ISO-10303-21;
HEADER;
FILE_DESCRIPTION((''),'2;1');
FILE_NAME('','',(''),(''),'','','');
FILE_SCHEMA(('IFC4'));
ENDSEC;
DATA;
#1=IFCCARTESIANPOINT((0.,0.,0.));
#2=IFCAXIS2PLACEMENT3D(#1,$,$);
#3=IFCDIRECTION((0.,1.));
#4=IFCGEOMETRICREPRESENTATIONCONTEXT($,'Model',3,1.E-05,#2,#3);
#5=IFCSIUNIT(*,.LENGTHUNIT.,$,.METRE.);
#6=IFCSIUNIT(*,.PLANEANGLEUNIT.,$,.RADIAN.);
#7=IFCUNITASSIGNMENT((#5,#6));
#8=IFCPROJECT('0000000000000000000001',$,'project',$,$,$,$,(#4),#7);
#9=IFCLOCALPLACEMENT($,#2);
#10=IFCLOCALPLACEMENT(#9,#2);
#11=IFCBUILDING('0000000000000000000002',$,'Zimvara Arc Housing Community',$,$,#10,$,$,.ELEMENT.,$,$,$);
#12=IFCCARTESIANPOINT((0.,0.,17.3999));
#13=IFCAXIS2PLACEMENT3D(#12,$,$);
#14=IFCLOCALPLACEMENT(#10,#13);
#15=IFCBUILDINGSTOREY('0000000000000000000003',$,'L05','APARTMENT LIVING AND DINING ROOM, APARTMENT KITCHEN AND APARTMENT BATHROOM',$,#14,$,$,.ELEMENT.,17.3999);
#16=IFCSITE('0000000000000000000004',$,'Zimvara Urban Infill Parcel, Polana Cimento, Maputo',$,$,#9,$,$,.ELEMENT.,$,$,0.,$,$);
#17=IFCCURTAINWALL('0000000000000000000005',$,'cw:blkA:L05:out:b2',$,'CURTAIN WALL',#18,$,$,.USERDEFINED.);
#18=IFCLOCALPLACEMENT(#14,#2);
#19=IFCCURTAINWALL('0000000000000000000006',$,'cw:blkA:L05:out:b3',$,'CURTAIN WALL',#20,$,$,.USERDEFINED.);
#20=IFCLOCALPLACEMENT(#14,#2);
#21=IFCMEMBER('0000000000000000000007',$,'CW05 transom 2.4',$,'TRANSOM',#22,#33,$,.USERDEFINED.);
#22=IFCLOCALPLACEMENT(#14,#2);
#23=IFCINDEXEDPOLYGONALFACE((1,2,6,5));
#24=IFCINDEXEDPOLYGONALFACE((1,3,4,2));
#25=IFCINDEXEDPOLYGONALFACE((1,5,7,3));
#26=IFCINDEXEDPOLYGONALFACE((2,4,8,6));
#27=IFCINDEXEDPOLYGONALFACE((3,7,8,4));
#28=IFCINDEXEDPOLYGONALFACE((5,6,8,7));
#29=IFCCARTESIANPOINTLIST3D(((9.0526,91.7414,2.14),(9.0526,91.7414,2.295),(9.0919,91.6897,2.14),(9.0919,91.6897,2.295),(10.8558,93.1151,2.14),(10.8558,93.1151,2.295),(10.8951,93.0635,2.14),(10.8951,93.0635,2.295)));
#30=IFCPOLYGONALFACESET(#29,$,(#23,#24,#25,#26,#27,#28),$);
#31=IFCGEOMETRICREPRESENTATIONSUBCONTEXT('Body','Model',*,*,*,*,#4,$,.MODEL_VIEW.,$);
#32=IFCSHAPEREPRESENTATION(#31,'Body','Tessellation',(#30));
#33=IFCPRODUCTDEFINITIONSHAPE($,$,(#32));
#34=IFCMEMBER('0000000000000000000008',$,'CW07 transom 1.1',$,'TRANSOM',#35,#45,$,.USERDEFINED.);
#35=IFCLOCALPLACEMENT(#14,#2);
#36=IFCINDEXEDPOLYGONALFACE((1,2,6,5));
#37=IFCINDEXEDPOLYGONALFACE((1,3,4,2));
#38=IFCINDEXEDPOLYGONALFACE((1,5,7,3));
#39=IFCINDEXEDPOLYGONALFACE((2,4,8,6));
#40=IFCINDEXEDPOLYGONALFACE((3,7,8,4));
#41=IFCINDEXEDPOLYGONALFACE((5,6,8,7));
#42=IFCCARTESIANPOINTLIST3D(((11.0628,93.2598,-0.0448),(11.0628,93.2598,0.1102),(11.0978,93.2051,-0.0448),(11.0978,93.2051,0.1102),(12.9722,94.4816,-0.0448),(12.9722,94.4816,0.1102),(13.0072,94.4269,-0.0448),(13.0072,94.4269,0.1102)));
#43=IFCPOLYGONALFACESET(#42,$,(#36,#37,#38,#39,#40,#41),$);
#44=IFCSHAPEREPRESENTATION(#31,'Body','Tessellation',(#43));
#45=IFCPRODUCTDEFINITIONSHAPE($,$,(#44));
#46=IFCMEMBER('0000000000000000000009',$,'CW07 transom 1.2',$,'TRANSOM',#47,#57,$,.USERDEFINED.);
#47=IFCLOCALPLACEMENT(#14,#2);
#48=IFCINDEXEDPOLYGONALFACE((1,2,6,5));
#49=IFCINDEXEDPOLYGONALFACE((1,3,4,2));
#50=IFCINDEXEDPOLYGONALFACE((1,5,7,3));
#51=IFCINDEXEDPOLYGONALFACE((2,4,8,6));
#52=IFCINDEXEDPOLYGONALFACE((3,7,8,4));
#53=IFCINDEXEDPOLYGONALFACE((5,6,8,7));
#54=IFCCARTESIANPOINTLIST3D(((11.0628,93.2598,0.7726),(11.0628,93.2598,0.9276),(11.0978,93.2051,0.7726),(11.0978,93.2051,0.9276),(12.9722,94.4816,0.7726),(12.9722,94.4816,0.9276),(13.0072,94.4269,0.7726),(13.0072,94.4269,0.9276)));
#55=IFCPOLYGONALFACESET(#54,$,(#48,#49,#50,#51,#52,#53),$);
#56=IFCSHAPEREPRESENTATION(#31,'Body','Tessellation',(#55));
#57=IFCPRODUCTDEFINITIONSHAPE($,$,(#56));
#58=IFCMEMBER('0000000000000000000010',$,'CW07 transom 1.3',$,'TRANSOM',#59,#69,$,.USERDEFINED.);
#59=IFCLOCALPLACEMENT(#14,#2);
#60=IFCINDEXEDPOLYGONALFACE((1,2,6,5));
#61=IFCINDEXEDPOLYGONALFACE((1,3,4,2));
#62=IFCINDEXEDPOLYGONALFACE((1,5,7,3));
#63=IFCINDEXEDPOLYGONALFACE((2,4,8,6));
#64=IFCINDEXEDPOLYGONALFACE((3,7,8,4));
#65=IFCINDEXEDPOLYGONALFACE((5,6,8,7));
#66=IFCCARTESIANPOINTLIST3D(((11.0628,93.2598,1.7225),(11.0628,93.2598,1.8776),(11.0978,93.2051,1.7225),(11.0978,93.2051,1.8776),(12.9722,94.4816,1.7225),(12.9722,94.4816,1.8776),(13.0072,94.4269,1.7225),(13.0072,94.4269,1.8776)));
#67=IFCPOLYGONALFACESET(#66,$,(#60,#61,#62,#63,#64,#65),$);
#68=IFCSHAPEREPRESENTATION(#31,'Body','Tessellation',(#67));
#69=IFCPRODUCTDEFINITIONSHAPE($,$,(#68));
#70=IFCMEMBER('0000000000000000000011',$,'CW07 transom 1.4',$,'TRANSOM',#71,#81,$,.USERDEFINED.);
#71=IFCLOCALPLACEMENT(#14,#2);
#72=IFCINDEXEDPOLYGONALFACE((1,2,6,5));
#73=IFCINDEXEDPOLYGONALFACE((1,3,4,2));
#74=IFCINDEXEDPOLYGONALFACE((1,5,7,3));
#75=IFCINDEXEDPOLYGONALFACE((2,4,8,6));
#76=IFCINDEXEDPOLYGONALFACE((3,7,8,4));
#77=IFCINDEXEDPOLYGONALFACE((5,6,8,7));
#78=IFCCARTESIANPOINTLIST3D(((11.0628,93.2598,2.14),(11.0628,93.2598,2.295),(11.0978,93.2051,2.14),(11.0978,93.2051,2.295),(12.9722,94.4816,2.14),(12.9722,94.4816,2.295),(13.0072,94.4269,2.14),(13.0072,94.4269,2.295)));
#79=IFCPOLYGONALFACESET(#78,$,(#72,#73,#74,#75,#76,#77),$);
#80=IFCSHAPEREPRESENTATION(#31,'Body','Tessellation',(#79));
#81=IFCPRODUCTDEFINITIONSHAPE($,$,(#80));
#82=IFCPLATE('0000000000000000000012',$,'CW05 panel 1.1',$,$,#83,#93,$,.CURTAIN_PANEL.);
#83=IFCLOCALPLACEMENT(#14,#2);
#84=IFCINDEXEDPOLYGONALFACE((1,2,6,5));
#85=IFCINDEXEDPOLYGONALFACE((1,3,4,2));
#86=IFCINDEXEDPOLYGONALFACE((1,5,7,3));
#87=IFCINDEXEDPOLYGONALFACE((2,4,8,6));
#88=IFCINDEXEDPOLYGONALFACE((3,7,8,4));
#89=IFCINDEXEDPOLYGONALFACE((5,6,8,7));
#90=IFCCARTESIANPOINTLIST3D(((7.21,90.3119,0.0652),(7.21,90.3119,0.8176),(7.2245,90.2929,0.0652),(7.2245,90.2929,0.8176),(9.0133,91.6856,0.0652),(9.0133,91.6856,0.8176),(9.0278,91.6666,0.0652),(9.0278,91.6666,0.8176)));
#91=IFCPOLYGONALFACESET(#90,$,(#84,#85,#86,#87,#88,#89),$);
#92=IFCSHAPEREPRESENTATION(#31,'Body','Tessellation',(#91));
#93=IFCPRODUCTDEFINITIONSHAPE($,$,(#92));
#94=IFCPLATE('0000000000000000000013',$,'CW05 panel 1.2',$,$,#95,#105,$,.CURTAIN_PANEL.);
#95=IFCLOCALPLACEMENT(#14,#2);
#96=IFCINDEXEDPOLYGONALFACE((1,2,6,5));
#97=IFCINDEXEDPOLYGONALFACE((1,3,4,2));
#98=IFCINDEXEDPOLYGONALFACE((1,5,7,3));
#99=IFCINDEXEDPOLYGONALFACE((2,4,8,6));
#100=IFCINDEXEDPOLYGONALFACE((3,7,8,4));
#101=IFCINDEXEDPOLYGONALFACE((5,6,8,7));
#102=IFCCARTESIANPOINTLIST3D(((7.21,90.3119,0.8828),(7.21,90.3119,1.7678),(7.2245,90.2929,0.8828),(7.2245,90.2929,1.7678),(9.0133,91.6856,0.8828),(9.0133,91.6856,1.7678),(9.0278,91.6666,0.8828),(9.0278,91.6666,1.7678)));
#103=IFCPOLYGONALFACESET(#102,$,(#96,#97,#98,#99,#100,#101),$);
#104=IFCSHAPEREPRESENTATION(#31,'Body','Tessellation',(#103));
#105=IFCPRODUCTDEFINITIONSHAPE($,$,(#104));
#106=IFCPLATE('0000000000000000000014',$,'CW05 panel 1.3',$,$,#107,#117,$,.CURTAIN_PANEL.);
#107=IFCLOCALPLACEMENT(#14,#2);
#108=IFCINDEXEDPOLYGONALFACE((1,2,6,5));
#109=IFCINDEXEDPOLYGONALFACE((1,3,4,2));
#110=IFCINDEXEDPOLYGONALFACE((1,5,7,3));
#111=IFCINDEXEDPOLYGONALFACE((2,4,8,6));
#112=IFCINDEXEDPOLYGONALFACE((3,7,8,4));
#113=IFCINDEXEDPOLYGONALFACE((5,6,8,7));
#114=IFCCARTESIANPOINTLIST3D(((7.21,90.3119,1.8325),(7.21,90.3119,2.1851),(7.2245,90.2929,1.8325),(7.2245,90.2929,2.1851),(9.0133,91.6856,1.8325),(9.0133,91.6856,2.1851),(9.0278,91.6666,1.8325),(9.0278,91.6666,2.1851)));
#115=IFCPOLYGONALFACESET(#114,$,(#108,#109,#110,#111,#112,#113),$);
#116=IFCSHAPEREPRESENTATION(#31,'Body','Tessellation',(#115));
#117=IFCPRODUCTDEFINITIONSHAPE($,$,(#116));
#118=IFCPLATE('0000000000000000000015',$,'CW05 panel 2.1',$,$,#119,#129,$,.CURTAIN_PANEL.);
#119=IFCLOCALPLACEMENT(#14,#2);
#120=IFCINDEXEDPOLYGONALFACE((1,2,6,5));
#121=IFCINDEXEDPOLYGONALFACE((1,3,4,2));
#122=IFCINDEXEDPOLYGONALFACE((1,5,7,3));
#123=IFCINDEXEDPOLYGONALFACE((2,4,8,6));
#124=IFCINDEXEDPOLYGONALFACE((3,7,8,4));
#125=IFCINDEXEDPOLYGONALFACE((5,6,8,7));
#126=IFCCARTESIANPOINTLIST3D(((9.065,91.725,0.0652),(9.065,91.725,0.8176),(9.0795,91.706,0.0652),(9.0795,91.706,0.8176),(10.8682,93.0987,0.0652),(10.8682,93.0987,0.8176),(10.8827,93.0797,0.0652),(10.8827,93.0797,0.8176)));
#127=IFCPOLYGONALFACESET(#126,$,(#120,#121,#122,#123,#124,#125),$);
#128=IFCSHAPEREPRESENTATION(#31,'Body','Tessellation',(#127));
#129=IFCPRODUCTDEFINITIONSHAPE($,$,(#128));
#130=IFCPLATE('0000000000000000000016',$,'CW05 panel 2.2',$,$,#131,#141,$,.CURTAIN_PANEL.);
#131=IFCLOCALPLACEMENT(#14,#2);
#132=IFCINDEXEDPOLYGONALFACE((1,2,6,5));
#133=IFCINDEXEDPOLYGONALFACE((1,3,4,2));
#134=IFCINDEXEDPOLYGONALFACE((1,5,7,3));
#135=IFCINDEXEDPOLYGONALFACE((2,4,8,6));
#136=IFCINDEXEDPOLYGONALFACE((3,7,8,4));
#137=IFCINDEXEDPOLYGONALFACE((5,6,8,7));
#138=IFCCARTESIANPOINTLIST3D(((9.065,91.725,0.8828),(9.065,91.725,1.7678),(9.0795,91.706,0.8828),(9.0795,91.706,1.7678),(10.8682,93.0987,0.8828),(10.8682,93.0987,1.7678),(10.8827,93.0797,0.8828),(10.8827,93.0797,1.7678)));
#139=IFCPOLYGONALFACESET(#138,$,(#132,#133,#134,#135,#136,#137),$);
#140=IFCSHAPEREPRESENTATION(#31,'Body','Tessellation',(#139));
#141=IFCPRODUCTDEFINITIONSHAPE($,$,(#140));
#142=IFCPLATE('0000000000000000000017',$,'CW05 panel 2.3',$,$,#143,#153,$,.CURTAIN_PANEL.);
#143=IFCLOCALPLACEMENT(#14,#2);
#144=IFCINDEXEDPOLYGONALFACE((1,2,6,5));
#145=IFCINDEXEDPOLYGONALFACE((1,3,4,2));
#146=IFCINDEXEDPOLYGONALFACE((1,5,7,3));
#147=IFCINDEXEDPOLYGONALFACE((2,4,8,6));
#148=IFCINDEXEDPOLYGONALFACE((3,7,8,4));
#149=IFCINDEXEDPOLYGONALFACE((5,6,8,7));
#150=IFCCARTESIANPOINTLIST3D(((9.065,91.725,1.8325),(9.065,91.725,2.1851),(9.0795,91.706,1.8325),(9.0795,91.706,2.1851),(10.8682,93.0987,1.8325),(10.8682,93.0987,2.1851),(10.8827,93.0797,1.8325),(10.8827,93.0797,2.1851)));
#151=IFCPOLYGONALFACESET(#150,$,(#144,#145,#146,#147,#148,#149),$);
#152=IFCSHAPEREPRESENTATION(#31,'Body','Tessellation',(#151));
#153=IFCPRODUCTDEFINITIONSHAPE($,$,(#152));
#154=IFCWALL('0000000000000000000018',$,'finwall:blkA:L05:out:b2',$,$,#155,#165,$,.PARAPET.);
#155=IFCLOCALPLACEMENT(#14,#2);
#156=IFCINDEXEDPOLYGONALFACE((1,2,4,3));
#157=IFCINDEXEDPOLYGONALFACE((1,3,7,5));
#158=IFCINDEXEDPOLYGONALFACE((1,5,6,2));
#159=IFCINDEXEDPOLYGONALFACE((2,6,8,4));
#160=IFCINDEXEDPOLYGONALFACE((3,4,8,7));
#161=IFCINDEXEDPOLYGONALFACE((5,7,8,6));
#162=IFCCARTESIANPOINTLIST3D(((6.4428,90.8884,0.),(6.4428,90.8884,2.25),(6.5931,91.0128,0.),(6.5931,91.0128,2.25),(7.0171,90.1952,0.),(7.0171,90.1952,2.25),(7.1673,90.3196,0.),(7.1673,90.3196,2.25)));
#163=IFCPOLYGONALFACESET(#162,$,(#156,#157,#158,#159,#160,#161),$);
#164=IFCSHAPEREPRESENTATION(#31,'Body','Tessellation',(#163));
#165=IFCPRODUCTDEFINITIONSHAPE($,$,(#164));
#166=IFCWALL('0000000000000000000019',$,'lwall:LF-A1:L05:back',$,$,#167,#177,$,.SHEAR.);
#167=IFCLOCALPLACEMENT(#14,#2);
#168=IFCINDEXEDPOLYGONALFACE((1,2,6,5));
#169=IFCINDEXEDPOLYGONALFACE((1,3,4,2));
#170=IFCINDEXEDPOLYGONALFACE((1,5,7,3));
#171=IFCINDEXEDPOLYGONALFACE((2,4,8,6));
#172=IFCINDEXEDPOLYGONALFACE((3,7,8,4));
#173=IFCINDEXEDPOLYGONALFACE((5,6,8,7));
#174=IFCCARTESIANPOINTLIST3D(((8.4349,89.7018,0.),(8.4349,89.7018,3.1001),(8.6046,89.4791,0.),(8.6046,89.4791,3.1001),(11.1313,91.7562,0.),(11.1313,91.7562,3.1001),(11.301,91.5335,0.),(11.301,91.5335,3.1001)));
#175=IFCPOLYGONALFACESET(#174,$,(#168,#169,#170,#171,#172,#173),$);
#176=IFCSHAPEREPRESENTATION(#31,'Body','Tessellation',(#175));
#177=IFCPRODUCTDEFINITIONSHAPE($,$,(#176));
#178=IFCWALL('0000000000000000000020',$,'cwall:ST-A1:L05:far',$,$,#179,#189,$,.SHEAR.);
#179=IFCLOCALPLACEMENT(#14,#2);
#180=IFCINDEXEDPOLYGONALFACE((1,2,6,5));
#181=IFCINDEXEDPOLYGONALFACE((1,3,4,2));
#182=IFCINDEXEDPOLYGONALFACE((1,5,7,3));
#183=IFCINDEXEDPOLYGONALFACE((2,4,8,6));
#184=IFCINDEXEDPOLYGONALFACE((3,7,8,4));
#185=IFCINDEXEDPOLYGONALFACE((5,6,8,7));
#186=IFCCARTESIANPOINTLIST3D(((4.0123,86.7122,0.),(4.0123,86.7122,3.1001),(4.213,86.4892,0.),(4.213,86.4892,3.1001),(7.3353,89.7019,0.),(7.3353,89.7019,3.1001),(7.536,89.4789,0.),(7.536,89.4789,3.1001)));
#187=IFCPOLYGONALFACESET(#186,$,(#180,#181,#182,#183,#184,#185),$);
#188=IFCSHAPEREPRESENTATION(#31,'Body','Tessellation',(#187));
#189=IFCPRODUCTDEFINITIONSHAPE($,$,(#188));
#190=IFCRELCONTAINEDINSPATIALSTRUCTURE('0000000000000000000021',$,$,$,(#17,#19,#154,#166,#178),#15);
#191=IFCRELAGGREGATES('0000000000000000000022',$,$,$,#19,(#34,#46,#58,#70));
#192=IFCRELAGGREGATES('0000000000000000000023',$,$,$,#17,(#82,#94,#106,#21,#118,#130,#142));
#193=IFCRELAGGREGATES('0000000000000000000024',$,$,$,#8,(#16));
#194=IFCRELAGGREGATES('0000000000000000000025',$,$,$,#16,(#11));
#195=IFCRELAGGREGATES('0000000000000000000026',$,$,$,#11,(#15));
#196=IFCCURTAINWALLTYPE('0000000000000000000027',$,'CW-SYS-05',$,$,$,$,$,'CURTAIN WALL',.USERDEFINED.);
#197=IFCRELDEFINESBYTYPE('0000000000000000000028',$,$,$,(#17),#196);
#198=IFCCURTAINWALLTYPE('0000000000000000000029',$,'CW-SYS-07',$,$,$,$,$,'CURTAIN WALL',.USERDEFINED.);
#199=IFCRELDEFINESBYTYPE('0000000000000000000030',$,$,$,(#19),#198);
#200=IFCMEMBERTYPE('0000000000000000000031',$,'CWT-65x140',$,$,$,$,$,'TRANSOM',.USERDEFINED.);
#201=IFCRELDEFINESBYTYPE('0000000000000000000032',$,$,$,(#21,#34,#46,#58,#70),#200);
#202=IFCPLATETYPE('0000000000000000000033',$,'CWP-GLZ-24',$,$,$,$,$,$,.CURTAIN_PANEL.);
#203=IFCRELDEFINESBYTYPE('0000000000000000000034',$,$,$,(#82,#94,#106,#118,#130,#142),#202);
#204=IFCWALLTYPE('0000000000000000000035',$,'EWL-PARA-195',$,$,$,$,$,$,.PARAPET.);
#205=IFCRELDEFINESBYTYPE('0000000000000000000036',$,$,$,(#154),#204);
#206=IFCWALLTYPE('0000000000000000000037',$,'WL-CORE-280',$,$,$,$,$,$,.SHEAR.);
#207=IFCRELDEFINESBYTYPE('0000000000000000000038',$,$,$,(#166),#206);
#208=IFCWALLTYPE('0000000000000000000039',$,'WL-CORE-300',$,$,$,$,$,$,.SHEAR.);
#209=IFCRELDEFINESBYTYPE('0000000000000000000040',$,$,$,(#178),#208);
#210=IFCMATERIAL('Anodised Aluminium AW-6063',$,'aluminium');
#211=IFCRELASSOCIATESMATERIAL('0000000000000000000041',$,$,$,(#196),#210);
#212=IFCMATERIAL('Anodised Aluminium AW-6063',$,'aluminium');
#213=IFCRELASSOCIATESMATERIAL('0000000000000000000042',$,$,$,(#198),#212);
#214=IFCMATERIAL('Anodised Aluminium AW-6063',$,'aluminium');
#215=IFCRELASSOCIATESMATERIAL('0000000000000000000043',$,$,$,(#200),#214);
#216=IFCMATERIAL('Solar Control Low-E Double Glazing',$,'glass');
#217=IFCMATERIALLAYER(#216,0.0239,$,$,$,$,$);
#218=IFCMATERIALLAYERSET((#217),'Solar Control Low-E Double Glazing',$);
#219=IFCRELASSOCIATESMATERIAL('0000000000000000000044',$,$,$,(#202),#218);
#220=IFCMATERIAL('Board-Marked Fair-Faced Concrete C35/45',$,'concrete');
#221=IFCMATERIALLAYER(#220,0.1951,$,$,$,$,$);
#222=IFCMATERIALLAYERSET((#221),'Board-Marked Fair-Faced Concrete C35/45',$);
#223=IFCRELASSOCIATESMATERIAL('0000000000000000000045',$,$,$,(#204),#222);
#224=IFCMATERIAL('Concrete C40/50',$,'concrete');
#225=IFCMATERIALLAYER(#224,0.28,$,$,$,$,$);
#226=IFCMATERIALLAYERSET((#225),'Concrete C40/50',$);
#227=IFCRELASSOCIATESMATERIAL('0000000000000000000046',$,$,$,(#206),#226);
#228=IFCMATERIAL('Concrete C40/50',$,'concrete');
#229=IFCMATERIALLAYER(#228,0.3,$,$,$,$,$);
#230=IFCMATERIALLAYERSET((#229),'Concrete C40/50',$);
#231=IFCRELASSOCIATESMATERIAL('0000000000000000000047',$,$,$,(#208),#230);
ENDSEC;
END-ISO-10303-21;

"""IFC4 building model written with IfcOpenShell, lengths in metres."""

from ifc_helpers import new_model, si_unit, direction, frame, frame_2d, origin, origin_2d, place, context, subcontext, project, spatial, rectangle, extrude, material, layer, layer_set, material_profile, profile_set, type_object, element, aggregate, save


model = new_model("IFC4")

# Units and contexts
model_context = context("Model", 3, precision=1e-05, world=origin(), true_north=direction((0.0, 1.0)))
body_context = subcontext(model_context, "Body", "Model", "MODEL_VIEW")
ifc_project = project(units=[si_unit("LENGTHUNIT", "METRE"), si_unit("PLANEANGLEUNIT", "RADIAN")], contexts=[model_context])

# Site, building, storey
site_placement = place(None, origin())
site = spatial("IfcSite", under=ifc_project, at=site_placement, Name="Zimvara Urban Infill Parcel, Polana Cimento, Maputo", CompositionType="ELEMENT", RefElevation=0.0)
building_placement = place(site_placement, origin())
building = spatial("IfcBuilding", under=site, at=building_placement, Name="Zimvara Arc Housing Community", CompositionType="ELEMENT")
storey_placement = place(building_placement, frame((0.0, 0.0, 17.3999)))
storey = spatial("IfcBuildingStorey", under=building, at=storey_placement, Name="L05", Description="APARTMENT LIVING AND DINING ROOM, APARTMENT KITCHEN AND APARTMENT BATHROOM", CompositionType="ELEMENT", Elevation=17.3999)

# Curtain wall
ifc_material_1 = material(Name="Anodised Aluminium AW-6063", Category="aluminium")
curtain_wall_type_1 = type_object("IfcCurtainWallType", Name="CW-SYS-05", ElementType="CURTAIN WALL", PredefinedType="USERDEFINED", material=ifc_material_1)
curtain_wall_1_placement = place(storey_placement, origin())
curtain_wall_1 = element("IfcCurtainWall", 1, at=curtain_wall_1_placement, inside=storey, type_object=curtain_wall_type_1, Name="cw:blkA:L05:out:b2", ObjectType="CURTAIN WALL", PredefinedType="USERDEFINED")

# Curtain wall
ifc_material_2 = material(Name="Anodised Aluminium AW-6063", Category="aluminium")
curtain_wall_type_2 = type_object("IfcCurtainWallType", Name="CW-SYS-07", ElementType="CURTAIN WALL", PredefinedType="USERDEFINED", material=ifc_material_2)
curtain_wall_2_placement = place(storey_placement, origin())
curtain_wall_2 = element("IfcCurtainWall", 2, at=curtain_wall_2_placement, inside=storey, type_object=curtain_wall_type_2, Name="cw:blkA:L05:out:b3", ObjectType="CURTAIN WALL", PredefinedType="USERDEFINED")

# Members
ifc_material_3 = material(Name="Anodised Aluminium AW-6063", Category="aluminium")
ifc_material_profile_1 = material_profile(ifc_material_3, rectangle(XDim=0.0649, YDim=0.155, at=origin_2d()), Name="ALU 65x155")
ifc_profile_set_1 = profile_set([ifc_material_profile_1], Name="Anodised Aluminium AW-6063")
member_type_1 = type_object("IfcMemberType", Name="CWT-65x140", ElementType="TRANSOM", PredefinedType="USERDEFINED", material=ifc_profile_set_1)
member_1_placement = place(storey_placement, frame((9.0723, 91.7156, 2.2175), z_axis=(0.795454, 0.606014, 0.0), x_axis=(-0.606014, 0.795454, 0.0)))
member_1 = element("IfcMember", 3, at=member_1_placement, type_object=member_type_1, Name="CW05 transom 2.4", ObjectType="TRANSOM", PredefinedType="USERDEFINED", context=body_context, shape_type="SweptSolid", body=[
    extrude(rectangle(XDim=0.0649, YDim=0.155, at=origin_2d()), origin(), (0.0, 0.0, 1.0), 2.2668),
])
member_2_placement = place(storey_placement, frame((11.0803, 93.2324, 0.0327), z_axis=(0.842293, 0.53902, 0.0), x_axis=(-0.53902, 0.842293, 0.0)))
member_2 = element("IfcMember", 4, at=member_2_placement, type_object=member_type_1, Name="CW07 transom 1.1", ObjectType="TRANSOM", PredefinedType="USERDEFINED", context=body_context, shape_type="SweptSolid", body=[
    extrude(rectangle(XDim=0.0649, YDim=0.155, at=origin_2d()), origin(), (0.0, 0.0, 1.0), 2.2668),
])
member_3_placement = place(storey_placement, frame((11.0803, 93.2324, 0.8501), z_axis=(0.842293, 0.53902, 0.0), x_axis=(-0.53902, 0.842293, 0.0)))
member_3 = element("IfcMember", 5, at=member_3_placement, type_object=member_type_1, Name="CW07 transom 1.2", ObjectType="TRANSOM", PredefinedType="USERDEFINED", context=body_context, shape_type="SweptSolid", body=[
    extrude(rectangle(XDim=0.0649, YDim=0.155, at=origin_2d()), origin(), (0.0, 0.0, 1.0), 2.2668),
])
member_4_placement = place(storey_placement, frame((11.0803, 93.2324, 1.8), z_axis=(0.842293, 0.53902, 0.0), x_axis=(-0.53902, 0.842293, 0.0)))
member_4 = element("IfcMember", 6, at=member_4_placement, type_object=member_type_1, Name="CW07 transom 1.3", ObjectType="TRANSOM", PredefinedType="USERDEFINED", context=body_context, shape_type="SweptSolid", body=[
    extrude(rectangle(XDim=0.0649, YDim=0.155, at=origin_2d()), origin(), (0.0, 0.0, 1.0), 2.2668),
])
member_5_placement = place(storey_placement, frame((11.0803, 93.2324, 2.2175), z_axis=(0.842293, 0.53902, 0.0), x_axis=(-0.53902, 0.842293, 0.0)))
member_5 = element("IfcMember", 7, at=member_5_placement, type_object=member_type_1, Name="CW07 transom 1.4", ObjectType="TRANSOM", PredefinedType="USERDEFINED", context=body_context, shape_type="SweptSolid", body=[
    extrude(rectangle(XDim=0.0649, YDim=0.155, at=origin_2d()), origin(), (0.0, 0.0, 1.0), 2.2668),
])
aggregate(curtain_wall_2, [member_2, member_3, member_4, member_5])

# Plates
ifc_material_4 = material(Name="Solar Control Low-E Double Glazing", Category="glass")
ifc_layer_1 = layer(ifc_material_4, 0.0239)
ifc_layer_set_1 = layer_set([ifc_layer_1], Name="Solar Control Low-E Double Glazing")
plate_type = type_object("IfcPlateType", Name="CWP-GLZ-24", PredefinedType="CURTAIN_PANEL", material=ifc_layer_set_1)
plate_1_placement = place(storey_placement, frame((8.1189, 90.9893, 0.0652), z_axis=(0.0, 0.0, 1.0), x_axis=(0.795474, 0.605988, 0.0)))
plate_1 = element("IfcPlate", 8, at=plate_1_placement, type_object=plate_type, Name="CW05 panel 1.1", PredefinedType="CURTAIN_PANEL", context=body_context, shape_type="SweptSolid", body=[
    extrude(rectangle(XDim=2.2668, YDim=0.0239, at=origin_2d()), origin(), (0.0, 0.0, 1.0), 0.7524),
])
plate_2_placement = place(storey_placement, frame((8.1189, 90.9893, 0.8828), z_axis=(0.0, 0.0, 1.0), x_axis=(0.795474, 0.605988, 0.0)))
plate_2 = element("IfcPlate", 9, at=plate_2_placement, type_object=plate_type, Name="CW05 panel 1.2", PredefinedType="CURTAIN_PANEL", context=body_context, shape_type="SweptSolid", body=[
    extrude(rectangle(XDim=2.2668, YDim=0.0239, at=origin_2d()), origin(), (0.0, 0.0, 1.0), 0.885),
])
plate_3_placement = place(storey_placement, frame((8.1189, 90.9893, 1.8325), z_axis=(0.0, 0.0, 1.0), x_axis=(0.795474, 0.605988, 0.0)))
plate_3 = element("IfcPlate", 10, at=plate_3_placement, type_object=plate_type, Name="CW05 panel 1.3", PredefinedType="CURTAIN_PANEL", context=body_context, shape_type="SweptSolid", body=[
    extrude(rectangle(XDim=2.2668, YDim=0.0239, at=origin_2d()), origin(), (0.0, 0.0, 1.0), 0.3525),
])
plate_4_placement = place(storey_placement, frame((9.9739, 92.4023, 0.0652), z_axis=(0.0, 0.0, 1.0), x_axis=(0.795474, 0.605988, 0.0)))
plate_4 = element("IfcPlate", 11, at=plate_4_placement, type_object=plate_type, Name="CW05 panel 2.1", PredefinedType="CURTAIN_PANEL", context=body_context, shape_type="SweptSolid", body=[
    extrude(rectangle(XDim=2.2668, YDim=0.0239, at=origin_2d()), origin(), (0.0, 0.0, 1.0), 0.7524),
])
plate_5_placement = place(storey_placement, frame((9.9739, 92.4023, 0.8828), z_axis=(0.0, 0.0, 1.0), x_axis=(0.795474, 0.605988, 0.0)))
plate_5 = element("IfcPlate", 12, at=plate_5_placement, type_object=plate_type, Name="CW05 panel 2.2", PredefinedType="CURTAIN_PANEL", context=body_context, shape_type="SweptSolid", body=[
    extrude(rectangle(XDim=2.2668, YDim=0.0239, at=origin_2d()), origin(), (0.0, 0.0, 1.0), 0.885),
])
plate_6_placement = place(storey_placement, frame((9.9739, 92.4023, 1.8325), z_axis=(0.0, 0.0, 1.0), x_axis=(0.795474, 0.605988, 0.0)))
plate_6 = element("IfcPlate", 13, at=plate_6_placement, type_object=plate_type, Name="CW05 panel 2.3", PredefinedType="CURTAIN_PANEL", context=body_context, shape_type="SweptSolid", body=[
    extrude(rectangle(XDim=2.2668, YDim=0.0239, at=origin_2d()), origin(), (0.0, 0.0, 1.0), 0.3525),
])
aggregate(curtain_wall_1, [plate_1, plate_2, plate_3, member_1, plate_4, plate_5, plate_6])

# Walls
ifc_material_5 = material(Name="Board-Marked Fair-Faced Concrete C35/45", Category="concrete")
ifc_layer_2 = layer(ifc_material_5, 0.1951)
ifc_layer_set_2 = layer_set([ifc_layer_2], Name="Board-Marked Fair-Faced Concrete C35/45")
wall_type_1 = type_object("IfcWallType", Name="EWL-PARA-195", PredefinedType="PARAPET", material=ifc_layer_set_2)
wall_1_placement = place(storey_placement, frame((7.0923, 90.2573, 0.0), z_axis=(0.0, 0.0, 1.0), x_axis=(-0.637967, 0.770063, 0.0)))
element("IfcWall", 14, at=wall_1_placement, inside=storey, type_object=wall_type_1, Name="finwall:blkA:L05:out:b2", PredefinedType="PARAPET", context=body_context, shape_type="SweptSolid", body=[
    extrude(rectangle(XDim=0.9001, YDim=0.1951, at=frame_2d((0.4502, 0.0))), origin(), (0.0, 0.0, 1.0), 2.25),
])
ifc_material_6 = material(Name="Concrete C40/50", Category="concrete")
ifc_layer_3 = layer(ifc_material_6, 0.28)
ifc_layer_set_3 = layer_set([ifc_layer_3], Name="Concrete C40/50")
wall_type_2 = type_object("IfcWallType", Name="WL-CORE-280", PredefinedType="SHEAR", material=ifc_layer_set_3)
wall_2_placement = place(storey_placement, frame((11.2161, 91.6448, 0.0), z_axis=(0.0, 0.0, 1.0), x_axis=(-0.79544, -0.606032, 0.0)))
element("IfcWall", 15, at=wall_2_placement, inside=storey, type_object=wall_type_2, Name="lwall:LF-A1:L05:back", PredefinedType="SHEAR", context=body_context, shape_type="SweptSolid", body=[
    extrude(rectangle(XDim=3.3899, YDim=0.28, at=frame_2d((1.6948, 0.0))), origin(), (0.0, 0.0, 1.0), 3.1001),
])
ifc_material_7 = material(Name="Concrete C40/50", Category="concrete")
ifc_layer_4 = layer(ifc_material_7, 0.3)
ifc_layer_set_4 = layer_set([ifc_layer_4], Name="Concrete C40/50")
wall_type_3 = type_object("IfcWallType", Name="WL-CORE-300", PredefinedType="SHEAR", material=ifc_layer_set_4)
wall_3_placement = place(storey_placement, frame((7.4355, 89.5903, 0.0), z_axis=(0.0, 0.0, 1.0), x_axis=(-0.7434, -0.668847, 0.0)))
element("IfcWall", 16, at=wall_3_placement, inside=storey, type_object=wall_type_3, Name="cwall:ST-A1:L05:far", PredefinedType="SHEAR", context=body_context, shape_type="SweptSolid", body=[
    extrude(rectangle(XDim=4.47, YDim=0.3, at=frame_2d((2.2349, 0.0))), origin(), (0.0, 0.0, 1.0), 3.1001),
])

save(model, "model.ifc")
